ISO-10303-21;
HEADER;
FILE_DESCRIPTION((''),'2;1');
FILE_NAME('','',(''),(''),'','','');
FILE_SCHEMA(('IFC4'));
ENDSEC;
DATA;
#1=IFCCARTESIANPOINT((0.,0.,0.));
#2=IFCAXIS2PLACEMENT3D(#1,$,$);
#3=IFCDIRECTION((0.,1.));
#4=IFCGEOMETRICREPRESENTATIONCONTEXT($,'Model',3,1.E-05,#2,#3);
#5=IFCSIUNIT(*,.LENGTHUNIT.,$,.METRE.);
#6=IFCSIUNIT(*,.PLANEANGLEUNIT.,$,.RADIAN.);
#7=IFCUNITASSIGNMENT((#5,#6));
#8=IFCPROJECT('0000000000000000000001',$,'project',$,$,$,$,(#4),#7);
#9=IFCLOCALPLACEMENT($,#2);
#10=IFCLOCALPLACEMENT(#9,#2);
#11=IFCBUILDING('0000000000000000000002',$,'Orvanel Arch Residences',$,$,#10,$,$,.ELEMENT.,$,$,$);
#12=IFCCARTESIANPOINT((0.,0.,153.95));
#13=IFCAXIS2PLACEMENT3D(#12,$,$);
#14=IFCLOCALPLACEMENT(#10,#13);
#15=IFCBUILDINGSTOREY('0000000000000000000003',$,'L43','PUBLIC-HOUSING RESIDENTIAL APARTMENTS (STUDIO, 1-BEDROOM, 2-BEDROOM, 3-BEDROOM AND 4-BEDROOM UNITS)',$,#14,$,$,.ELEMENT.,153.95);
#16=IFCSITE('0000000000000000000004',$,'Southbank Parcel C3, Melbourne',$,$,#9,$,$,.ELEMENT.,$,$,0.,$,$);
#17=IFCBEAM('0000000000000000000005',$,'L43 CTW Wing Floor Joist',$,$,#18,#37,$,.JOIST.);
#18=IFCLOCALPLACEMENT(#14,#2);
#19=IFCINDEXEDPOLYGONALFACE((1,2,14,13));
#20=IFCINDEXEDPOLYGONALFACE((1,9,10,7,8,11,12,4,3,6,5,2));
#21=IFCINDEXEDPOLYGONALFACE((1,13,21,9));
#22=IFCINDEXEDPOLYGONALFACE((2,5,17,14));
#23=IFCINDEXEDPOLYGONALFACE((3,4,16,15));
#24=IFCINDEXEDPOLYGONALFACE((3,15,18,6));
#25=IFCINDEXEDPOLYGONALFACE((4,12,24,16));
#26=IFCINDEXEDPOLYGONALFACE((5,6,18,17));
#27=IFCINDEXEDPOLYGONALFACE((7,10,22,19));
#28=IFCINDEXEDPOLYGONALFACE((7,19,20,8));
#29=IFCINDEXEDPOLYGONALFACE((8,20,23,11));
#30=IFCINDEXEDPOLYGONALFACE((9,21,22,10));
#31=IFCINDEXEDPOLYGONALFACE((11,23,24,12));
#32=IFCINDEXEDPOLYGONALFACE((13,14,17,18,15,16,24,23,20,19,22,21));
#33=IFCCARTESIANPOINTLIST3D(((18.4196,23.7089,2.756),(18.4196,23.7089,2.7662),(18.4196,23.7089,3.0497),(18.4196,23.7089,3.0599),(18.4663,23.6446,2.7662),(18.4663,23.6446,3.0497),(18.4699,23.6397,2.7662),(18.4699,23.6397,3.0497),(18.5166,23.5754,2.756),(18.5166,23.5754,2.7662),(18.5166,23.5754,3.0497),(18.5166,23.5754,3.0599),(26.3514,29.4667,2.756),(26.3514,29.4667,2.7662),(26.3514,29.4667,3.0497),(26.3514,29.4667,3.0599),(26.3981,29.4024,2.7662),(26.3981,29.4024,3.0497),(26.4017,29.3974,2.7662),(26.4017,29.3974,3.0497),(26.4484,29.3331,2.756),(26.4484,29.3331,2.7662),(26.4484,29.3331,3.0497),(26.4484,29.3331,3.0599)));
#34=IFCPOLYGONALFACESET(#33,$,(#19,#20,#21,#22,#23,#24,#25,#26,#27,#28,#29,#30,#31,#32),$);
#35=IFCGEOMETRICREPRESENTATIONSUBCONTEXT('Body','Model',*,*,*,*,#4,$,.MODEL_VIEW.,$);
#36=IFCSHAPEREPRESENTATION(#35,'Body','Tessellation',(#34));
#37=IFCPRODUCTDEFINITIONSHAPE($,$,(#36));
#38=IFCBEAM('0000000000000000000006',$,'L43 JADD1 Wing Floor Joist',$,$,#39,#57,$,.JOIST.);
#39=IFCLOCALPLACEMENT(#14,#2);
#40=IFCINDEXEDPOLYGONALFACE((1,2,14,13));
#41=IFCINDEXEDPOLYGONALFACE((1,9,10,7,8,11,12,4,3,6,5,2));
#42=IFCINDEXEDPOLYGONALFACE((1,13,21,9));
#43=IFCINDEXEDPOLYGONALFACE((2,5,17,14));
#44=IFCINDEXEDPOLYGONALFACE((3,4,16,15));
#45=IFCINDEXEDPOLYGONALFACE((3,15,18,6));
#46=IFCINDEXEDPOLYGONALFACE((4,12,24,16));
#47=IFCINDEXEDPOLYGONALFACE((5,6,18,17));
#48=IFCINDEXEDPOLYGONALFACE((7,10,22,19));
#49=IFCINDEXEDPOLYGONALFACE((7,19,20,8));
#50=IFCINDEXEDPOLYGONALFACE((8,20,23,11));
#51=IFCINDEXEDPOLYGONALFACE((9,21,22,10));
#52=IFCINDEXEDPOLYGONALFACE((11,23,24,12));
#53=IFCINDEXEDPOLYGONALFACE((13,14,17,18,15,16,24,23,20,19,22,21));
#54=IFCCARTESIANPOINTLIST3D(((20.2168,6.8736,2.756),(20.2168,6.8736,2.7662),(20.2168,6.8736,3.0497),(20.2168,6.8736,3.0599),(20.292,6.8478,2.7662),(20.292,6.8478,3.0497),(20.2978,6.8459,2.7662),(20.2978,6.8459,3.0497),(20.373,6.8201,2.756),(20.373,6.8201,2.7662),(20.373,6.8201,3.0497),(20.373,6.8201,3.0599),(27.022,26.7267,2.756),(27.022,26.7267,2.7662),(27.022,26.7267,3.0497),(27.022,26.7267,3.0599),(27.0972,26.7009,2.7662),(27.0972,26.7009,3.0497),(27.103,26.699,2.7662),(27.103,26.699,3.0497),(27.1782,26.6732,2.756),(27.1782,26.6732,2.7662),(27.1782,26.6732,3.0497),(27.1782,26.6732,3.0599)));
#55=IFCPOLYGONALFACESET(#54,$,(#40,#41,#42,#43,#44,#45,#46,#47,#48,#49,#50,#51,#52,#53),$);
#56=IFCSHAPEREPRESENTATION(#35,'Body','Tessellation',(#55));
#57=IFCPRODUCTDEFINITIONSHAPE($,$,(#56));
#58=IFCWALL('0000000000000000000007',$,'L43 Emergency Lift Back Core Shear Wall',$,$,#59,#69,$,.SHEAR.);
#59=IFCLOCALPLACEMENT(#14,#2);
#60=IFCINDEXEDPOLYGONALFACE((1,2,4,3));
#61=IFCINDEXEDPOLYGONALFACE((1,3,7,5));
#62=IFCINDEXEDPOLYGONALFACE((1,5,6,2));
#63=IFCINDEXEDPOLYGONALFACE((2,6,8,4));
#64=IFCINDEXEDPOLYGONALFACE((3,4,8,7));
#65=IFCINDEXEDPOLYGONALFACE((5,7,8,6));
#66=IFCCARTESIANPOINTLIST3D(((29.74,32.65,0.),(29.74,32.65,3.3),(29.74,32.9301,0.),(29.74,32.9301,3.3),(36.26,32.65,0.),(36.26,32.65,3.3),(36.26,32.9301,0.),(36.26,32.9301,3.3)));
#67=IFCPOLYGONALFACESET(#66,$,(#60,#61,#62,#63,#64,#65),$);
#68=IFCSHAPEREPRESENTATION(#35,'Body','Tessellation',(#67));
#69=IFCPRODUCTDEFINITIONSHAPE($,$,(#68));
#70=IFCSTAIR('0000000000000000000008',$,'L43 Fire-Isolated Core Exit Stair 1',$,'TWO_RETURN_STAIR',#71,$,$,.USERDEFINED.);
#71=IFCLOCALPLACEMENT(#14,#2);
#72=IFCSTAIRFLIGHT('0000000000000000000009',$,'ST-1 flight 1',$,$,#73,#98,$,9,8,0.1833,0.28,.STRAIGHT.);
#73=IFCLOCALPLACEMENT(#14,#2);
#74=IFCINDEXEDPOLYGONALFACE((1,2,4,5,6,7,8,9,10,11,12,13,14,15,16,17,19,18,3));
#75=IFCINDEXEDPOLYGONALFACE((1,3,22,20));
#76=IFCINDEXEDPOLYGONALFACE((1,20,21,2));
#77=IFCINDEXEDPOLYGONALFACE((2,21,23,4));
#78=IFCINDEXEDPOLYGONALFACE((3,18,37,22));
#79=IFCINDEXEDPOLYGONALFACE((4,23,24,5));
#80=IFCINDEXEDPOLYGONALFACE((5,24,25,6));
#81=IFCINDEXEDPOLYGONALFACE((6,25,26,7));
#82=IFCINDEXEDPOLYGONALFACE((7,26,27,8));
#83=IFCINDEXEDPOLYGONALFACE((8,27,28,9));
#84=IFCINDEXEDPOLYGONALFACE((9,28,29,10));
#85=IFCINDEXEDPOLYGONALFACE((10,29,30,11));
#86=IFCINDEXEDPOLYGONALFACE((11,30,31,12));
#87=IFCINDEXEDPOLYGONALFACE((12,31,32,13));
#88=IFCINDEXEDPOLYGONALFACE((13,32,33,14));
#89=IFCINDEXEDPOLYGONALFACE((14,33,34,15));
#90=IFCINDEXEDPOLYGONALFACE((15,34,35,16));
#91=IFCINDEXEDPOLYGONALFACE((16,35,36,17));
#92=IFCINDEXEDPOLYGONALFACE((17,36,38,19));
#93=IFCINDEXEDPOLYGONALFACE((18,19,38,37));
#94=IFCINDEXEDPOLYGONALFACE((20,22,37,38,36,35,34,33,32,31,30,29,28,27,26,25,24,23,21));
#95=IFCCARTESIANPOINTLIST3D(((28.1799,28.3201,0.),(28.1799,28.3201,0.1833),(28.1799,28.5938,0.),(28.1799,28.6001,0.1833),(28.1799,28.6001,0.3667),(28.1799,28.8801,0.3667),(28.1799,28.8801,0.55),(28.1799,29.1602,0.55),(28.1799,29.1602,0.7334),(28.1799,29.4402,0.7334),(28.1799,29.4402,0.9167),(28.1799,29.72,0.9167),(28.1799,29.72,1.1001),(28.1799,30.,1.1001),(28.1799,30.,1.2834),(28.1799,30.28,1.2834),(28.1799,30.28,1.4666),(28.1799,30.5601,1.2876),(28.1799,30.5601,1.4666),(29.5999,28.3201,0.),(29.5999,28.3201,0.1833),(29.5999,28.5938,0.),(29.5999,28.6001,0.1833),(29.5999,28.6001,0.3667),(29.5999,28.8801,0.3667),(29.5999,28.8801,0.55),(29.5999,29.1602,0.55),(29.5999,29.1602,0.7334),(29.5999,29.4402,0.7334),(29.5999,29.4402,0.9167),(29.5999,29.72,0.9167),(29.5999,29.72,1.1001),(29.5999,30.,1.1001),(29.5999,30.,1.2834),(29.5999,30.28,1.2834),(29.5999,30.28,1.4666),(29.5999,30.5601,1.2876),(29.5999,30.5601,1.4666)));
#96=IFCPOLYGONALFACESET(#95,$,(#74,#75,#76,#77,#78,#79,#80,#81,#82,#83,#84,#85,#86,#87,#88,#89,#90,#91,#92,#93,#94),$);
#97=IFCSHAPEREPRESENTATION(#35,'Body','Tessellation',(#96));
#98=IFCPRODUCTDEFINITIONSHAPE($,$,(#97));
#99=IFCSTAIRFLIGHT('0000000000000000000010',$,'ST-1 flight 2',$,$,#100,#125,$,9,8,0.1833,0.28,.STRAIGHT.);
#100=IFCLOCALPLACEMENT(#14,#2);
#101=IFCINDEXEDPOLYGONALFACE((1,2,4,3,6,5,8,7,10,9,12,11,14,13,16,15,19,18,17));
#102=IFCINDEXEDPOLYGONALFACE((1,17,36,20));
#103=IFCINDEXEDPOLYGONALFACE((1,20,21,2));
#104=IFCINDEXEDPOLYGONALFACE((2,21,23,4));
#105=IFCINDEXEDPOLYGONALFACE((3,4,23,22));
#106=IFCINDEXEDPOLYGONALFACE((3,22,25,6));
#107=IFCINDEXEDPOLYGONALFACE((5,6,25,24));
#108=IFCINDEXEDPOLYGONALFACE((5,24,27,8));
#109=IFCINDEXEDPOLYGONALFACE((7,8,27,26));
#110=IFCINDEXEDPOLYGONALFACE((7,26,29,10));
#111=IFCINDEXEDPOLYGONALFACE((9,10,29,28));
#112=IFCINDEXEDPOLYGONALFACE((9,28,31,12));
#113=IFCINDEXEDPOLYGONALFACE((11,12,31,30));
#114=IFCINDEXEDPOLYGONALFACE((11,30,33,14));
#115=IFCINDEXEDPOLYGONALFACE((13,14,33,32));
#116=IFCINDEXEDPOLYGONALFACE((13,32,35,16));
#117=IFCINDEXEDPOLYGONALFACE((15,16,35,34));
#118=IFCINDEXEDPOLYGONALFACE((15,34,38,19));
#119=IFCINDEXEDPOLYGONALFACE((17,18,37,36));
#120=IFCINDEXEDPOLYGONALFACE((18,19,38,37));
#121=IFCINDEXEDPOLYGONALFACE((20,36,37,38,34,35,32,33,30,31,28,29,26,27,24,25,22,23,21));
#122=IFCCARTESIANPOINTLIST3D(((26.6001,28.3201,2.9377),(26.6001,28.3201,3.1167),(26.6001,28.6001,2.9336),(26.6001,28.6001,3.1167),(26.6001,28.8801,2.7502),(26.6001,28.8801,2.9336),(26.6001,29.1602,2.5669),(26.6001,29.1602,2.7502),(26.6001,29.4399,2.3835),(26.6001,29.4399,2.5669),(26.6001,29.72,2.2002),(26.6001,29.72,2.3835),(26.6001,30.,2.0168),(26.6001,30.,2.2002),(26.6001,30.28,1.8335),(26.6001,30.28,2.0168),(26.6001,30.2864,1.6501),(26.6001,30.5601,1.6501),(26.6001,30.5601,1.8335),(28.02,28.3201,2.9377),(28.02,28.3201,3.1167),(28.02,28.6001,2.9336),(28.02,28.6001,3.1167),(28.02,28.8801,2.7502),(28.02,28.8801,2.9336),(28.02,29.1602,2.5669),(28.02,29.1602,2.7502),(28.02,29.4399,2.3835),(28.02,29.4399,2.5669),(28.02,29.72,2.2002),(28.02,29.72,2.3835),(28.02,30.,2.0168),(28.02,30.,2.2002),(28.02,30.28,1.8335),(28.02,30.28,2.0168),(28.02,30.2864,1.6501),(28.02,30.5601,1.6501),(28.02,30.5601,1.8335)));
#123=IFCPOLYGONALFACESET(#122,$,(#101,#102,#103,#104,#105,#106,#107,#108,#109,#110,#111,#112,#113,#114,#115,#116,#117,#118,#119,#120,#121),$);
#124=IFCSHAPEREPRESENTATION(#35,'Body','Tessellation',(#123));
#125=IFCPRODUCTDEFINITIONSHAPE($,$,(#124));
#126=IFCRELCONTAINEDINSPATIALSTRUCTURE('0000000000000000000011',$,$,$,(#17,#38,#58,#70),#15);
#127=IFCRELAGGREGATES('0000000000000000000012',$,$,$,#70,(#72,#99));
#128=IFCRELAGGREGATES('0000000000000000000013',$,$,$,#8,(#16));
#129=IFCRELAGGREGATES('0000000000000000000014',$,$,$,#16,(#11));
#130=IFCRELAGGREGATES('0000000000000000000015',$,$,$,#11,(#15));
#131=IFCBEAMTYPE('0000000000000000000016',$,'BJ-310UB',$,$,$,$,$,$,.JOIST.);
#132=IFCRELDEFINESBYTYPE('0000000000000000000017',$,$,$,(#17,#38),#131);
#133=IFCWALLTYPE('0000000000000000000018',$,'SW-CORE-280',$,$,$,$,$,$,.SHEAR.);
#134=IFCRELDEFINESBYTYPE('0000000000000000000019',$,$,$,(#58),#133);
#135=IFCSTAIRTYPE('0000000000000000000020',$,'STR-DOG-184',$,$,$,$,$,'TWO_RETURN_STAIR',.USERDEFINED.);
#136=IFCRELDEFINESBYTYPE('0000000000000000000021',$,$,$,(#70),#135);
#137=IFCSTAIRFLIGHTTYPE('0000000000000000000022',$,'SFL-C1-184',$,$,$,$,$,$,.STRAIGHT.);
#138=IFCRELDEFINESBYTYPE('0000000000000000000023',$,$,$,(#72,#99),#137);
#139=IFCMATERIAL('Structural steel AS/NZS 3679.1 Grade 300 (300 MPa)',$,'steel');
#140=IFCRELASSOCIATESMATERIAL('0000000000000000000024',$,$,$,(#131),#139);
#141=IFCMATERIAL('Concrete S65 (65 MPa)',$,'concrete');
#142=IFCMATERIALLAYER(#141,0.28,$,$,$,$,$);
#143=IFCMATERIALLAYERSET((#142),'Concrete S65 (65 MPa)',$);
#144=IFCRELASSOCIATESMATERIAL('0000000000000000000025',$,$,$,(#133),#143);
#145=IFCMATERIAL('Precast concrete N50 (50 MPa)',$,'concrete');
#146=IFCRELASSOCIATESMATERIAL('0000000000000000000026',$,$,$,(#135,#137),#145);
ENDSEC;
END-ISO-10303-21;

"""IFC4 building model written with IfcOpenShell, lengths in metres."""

from ifc_helpers import new_model, si_unit, direction, frame, frame_2d, origin, origin_2d, place, context, subcontext, project, spatial, polyline, rectangle, i_section, outline, extrude, material, layer, layer_set, material_profile, profile_set, type_object, element, aggregate, save


model = new_model("IFC4")

# Units and contexts
model_context = context("Model", 3, precision=1e-05, world=origin(), true_north=direction((0.0, 1.0)))
body_context = subcontext(model_context, "Body", "Model", "MODEL_VIEW")
ifc_project = project(units=[si_unit("LENGTHUNIT", "METRE"), si_unit("PLANEANGLEUNIT", "RADIAN")], contexts=[model_context])

# Site, building, storey
site_placement = place(None, origin())
site = spatial("IfcSite", under=ifc_project, at=site_placement, Name="Southbank Parcel C3, Melbourne", CompositionType="ELEMENT", RefElevation=0.0)
building_placement = place(site_placement, origin())
building = spatial("IfcBuilding", under=site, at=building_placement, Name="Orvanel Arch Residences", CompositionType="ELEMENT")
storey_placement = place(building_placement, frame((0.0, 0.0, 153.95)))
storey = spatial("IfcBuildingStorey", under=building, at=storey_placement, Name="L43", Description="PUBLIC-HOUSING RESIDENTIAL APARTMENTS (STUDIO, 1-BEDROOM, 2-BEDROOM, 3-BEDROOM AND 4-BEDROOM UNITS)", CompositionType="ELEMENT", Elevation=153.95)

# Beams
ifc_material_1 = material(Name="Structural steel AS/NZS 3679.1 Grade 300 (300 MPa)", Category="steel")
ifc_material_profile_1 = material_profile(ifc_material_1, i_section(OverallWidth=0.165, OverallDepth=0.304, WebThickness=0.0061, FlangeThickness=0.0103, at=origin_2d()), Name="310UB40.4")
ifc_profile_set_1 = profile_set([ifc_material_profile_1], Name="Structural steel AS/NZS 3679.1 Grade 300 (300 MPa)")
beam_type_1 = type_object("IfcBeamType", Name="BJ-310UB", PredefinedType="JOIST", material=ifc_profile_set_1)
beam_1_placement = place(storey_placement, frame((26.3999, 29.3999, 2.908), z_axis=(-0.809261, -0.587449, 0.0), x_axis=(0.587449, -0.809261, 0.0)))
element("IfcBeam", 1, at=beam_1_placement, inside=storey, type_object=beam_type_1, Name="L43 CTW Wing Floor Joist", PredefinedType="JOIST", context=body_context, shape_type="SweptSolid", body=[
    extrude(i_section(OverallWidth=0.165, OverallDepth=0.304, WebThickness=0.0061, FlangeThickness=0.0103, at=origin_2d()), origin(), (0.0, 0.0, 1.0), 9.8013),
])
beam_2_placement = place(storey_placement, frame((27.1001, 26.7, 2.908), z_axis=(-0.324257, -0.945969, 0.0), x_axis=(0.945969, -0.324257, 0.0)))
element("IfcBeam", 2, at=beam_2_placement, inside=storey, type_object=beam_type_1, Name="L43 JADD1 Wing Floor Joist", PredefinedType="JOIST", context=body_context, shape_type="SweptSolid", body=[
    extrude(i_section(OverallWidth=0.165, OverallDepth=0.304, WebThickness=0.0061, FlangeThickness=0.0103, at=origin_2d()), origin(), (0.0, 0.0, 1.0), 20.9871),
])

# Shared definitions
ifc_material_2 = material(Name="Concrete S65 (65 MPa)", Category="concrete")
ifc_layer = layer(ifc_material_2, 0.28)
ifc_layer_set = layer_set([ifc_layer], Name="Concrete S65 (65 MPa)")
wall_type = type_object("IfcWallType", Name="SW-CORE-280", PredefinedType="SHEAR", material=ifc_layer_set)

# Wall
wall_1_placement = place(storey_placement, frame((29.74, 32.79, 0.0), z_axis=(0.0, 0.0, 1.0), x_axis=(1.0, 0.0, 0.0)))
element("IfcWall", 3, at=wall_1_placement, inside=storey, type_object=wall_type, Name="L43 Emergency Lift Back Core Shear Wall", PredefinedType="SHEAR", context=body_context, shape_type="SweptSolid", body=[
    extrude(rectangle(XDim=6.52, YDim=0.28, at=frame_2d((3.26, 0.0))), origin(), (0.0, 0.0, 1.0), 3.3),
])

# Stair, stair flights
ifc_material_3 = material(Name="Precast concrete N50 (50 MPa)", Category="concrete")
stair_type = type_object("IfcStairType", Name="STR-DOG-184", ElementType="TWO_RETURN_STAIR", PredefinedType="USERDEFINED", material=ifc_material_3)
stair_placement = place(storey_placement, origin())
stair = element("IfcStair", 4, at=stair_placement, inside=storey, type_object=stair_type, Name="L43 Fire-Isolated Core Exit Stair 1", ObjectType="TWO_RETURN_STAIR", PredefinedType="USERDEFINED")
stair_flight_type = type_object("IfcStairFlightType", Name="SFL-C1-184", PredefinedType="STRAIGHT", material=ifc_material_3)
stair_flight_1_placement = place(storey_placement, frame((28.8899, 28.3201, 0.0), z_axis=(0.0, 0.0, 1.0), x_axis=(0.0, 1.0, 0.0)))
stair_flight_1 = element("IfcStairFlight", 5, at=stair_flight_1_placement, type_object=stair_flight_type, Name="ST-1 flight 1", NumberOfRisers=9, NumberOfTreads=8, PredefinedType="STRAIGHT", RiserHeight=0.1833, TreadLength=0.28, context=body_context, shape_type="SweptSolid", body=[
    extrude(outline(polyline([(0.0, 0.0), (0.0, 0.1833), (0.28, 0.1833), (0.28, 0.3667), (0.5601, 0.3667), (0.5601, 0.55), (0.8401, 0.55), (0.8401, 0.7334), (1.1201, 0.7334), (1.1201, 0.9167), (1.3999, 0.9167), (1.3999, 1.1001), (1.6799, 1.1001), (1.6799, 1.2834), (1.96, 1.2834), (1.96, 1.4666), (2.24, 1.4666), (2.24, 1.6499), (2.24, 1.2876), (0.2737, 0.0), (0.0, 0.0)])), frame((0.0, 0.71, 0.0), z_axis=(0.0, -1.0, 0.0), x_axis=(1.0, 0.0, 0.0)), (0.0, 0.0, 1.0), 1.4199),
])
stair_flight_2_placement = place(storey_placement, frame((27.3101, 30.5601, 1.6501), z_axis=(0.0, 0.0, 1.0), x_axis=(0.0, -1.0, 0.0)))
stair_flight_2 = element("IfcStairFlight", 6, at=stair_flight_2_placement, type_object=stair_flight_type, Name="ST-1 flight 2", NumberOfRisers=9, NumberOfTreads=8, PredefinedType="STRAIGHT", RiserHeight=0.1833, TreadLength=0.28, context=body_context, shape_type="SweptSolid", body=[
    extrude(outline(polyline([(0.0, 0.0), (0.0, 0.1833), (0.28, 0.1833), (0.28, 0.3667), (0.5601, 0.3667), (0.5601, 0.55), (0.8401, 0.55), (0.8401, 0.7334), (1.1201, 0.7334), (1.1201, 0.9167), (1.3999, 0.9167), (1.3999, 1.1001), (1.6799, 1.1001), (1.6799, 1.2834), (1.96, 1.2834), (1.96, 1.4666), (2.24, 1.4666), (2.24, 1.6499), (2.24, 1.2876), (0.2737, 0.0), (0.0, 0.0)])), frame((0.0, 0.71, 0.0), z_axis=(0.0, -1.0, 0.0), x_axis=(1.0, 0.0, 0.0)), (0.0, 0.0, 1.0), 1.4199),
])
aggregate(stair, [stair_flight_1, stair_flight_2])

save(model, "model.ifc")
